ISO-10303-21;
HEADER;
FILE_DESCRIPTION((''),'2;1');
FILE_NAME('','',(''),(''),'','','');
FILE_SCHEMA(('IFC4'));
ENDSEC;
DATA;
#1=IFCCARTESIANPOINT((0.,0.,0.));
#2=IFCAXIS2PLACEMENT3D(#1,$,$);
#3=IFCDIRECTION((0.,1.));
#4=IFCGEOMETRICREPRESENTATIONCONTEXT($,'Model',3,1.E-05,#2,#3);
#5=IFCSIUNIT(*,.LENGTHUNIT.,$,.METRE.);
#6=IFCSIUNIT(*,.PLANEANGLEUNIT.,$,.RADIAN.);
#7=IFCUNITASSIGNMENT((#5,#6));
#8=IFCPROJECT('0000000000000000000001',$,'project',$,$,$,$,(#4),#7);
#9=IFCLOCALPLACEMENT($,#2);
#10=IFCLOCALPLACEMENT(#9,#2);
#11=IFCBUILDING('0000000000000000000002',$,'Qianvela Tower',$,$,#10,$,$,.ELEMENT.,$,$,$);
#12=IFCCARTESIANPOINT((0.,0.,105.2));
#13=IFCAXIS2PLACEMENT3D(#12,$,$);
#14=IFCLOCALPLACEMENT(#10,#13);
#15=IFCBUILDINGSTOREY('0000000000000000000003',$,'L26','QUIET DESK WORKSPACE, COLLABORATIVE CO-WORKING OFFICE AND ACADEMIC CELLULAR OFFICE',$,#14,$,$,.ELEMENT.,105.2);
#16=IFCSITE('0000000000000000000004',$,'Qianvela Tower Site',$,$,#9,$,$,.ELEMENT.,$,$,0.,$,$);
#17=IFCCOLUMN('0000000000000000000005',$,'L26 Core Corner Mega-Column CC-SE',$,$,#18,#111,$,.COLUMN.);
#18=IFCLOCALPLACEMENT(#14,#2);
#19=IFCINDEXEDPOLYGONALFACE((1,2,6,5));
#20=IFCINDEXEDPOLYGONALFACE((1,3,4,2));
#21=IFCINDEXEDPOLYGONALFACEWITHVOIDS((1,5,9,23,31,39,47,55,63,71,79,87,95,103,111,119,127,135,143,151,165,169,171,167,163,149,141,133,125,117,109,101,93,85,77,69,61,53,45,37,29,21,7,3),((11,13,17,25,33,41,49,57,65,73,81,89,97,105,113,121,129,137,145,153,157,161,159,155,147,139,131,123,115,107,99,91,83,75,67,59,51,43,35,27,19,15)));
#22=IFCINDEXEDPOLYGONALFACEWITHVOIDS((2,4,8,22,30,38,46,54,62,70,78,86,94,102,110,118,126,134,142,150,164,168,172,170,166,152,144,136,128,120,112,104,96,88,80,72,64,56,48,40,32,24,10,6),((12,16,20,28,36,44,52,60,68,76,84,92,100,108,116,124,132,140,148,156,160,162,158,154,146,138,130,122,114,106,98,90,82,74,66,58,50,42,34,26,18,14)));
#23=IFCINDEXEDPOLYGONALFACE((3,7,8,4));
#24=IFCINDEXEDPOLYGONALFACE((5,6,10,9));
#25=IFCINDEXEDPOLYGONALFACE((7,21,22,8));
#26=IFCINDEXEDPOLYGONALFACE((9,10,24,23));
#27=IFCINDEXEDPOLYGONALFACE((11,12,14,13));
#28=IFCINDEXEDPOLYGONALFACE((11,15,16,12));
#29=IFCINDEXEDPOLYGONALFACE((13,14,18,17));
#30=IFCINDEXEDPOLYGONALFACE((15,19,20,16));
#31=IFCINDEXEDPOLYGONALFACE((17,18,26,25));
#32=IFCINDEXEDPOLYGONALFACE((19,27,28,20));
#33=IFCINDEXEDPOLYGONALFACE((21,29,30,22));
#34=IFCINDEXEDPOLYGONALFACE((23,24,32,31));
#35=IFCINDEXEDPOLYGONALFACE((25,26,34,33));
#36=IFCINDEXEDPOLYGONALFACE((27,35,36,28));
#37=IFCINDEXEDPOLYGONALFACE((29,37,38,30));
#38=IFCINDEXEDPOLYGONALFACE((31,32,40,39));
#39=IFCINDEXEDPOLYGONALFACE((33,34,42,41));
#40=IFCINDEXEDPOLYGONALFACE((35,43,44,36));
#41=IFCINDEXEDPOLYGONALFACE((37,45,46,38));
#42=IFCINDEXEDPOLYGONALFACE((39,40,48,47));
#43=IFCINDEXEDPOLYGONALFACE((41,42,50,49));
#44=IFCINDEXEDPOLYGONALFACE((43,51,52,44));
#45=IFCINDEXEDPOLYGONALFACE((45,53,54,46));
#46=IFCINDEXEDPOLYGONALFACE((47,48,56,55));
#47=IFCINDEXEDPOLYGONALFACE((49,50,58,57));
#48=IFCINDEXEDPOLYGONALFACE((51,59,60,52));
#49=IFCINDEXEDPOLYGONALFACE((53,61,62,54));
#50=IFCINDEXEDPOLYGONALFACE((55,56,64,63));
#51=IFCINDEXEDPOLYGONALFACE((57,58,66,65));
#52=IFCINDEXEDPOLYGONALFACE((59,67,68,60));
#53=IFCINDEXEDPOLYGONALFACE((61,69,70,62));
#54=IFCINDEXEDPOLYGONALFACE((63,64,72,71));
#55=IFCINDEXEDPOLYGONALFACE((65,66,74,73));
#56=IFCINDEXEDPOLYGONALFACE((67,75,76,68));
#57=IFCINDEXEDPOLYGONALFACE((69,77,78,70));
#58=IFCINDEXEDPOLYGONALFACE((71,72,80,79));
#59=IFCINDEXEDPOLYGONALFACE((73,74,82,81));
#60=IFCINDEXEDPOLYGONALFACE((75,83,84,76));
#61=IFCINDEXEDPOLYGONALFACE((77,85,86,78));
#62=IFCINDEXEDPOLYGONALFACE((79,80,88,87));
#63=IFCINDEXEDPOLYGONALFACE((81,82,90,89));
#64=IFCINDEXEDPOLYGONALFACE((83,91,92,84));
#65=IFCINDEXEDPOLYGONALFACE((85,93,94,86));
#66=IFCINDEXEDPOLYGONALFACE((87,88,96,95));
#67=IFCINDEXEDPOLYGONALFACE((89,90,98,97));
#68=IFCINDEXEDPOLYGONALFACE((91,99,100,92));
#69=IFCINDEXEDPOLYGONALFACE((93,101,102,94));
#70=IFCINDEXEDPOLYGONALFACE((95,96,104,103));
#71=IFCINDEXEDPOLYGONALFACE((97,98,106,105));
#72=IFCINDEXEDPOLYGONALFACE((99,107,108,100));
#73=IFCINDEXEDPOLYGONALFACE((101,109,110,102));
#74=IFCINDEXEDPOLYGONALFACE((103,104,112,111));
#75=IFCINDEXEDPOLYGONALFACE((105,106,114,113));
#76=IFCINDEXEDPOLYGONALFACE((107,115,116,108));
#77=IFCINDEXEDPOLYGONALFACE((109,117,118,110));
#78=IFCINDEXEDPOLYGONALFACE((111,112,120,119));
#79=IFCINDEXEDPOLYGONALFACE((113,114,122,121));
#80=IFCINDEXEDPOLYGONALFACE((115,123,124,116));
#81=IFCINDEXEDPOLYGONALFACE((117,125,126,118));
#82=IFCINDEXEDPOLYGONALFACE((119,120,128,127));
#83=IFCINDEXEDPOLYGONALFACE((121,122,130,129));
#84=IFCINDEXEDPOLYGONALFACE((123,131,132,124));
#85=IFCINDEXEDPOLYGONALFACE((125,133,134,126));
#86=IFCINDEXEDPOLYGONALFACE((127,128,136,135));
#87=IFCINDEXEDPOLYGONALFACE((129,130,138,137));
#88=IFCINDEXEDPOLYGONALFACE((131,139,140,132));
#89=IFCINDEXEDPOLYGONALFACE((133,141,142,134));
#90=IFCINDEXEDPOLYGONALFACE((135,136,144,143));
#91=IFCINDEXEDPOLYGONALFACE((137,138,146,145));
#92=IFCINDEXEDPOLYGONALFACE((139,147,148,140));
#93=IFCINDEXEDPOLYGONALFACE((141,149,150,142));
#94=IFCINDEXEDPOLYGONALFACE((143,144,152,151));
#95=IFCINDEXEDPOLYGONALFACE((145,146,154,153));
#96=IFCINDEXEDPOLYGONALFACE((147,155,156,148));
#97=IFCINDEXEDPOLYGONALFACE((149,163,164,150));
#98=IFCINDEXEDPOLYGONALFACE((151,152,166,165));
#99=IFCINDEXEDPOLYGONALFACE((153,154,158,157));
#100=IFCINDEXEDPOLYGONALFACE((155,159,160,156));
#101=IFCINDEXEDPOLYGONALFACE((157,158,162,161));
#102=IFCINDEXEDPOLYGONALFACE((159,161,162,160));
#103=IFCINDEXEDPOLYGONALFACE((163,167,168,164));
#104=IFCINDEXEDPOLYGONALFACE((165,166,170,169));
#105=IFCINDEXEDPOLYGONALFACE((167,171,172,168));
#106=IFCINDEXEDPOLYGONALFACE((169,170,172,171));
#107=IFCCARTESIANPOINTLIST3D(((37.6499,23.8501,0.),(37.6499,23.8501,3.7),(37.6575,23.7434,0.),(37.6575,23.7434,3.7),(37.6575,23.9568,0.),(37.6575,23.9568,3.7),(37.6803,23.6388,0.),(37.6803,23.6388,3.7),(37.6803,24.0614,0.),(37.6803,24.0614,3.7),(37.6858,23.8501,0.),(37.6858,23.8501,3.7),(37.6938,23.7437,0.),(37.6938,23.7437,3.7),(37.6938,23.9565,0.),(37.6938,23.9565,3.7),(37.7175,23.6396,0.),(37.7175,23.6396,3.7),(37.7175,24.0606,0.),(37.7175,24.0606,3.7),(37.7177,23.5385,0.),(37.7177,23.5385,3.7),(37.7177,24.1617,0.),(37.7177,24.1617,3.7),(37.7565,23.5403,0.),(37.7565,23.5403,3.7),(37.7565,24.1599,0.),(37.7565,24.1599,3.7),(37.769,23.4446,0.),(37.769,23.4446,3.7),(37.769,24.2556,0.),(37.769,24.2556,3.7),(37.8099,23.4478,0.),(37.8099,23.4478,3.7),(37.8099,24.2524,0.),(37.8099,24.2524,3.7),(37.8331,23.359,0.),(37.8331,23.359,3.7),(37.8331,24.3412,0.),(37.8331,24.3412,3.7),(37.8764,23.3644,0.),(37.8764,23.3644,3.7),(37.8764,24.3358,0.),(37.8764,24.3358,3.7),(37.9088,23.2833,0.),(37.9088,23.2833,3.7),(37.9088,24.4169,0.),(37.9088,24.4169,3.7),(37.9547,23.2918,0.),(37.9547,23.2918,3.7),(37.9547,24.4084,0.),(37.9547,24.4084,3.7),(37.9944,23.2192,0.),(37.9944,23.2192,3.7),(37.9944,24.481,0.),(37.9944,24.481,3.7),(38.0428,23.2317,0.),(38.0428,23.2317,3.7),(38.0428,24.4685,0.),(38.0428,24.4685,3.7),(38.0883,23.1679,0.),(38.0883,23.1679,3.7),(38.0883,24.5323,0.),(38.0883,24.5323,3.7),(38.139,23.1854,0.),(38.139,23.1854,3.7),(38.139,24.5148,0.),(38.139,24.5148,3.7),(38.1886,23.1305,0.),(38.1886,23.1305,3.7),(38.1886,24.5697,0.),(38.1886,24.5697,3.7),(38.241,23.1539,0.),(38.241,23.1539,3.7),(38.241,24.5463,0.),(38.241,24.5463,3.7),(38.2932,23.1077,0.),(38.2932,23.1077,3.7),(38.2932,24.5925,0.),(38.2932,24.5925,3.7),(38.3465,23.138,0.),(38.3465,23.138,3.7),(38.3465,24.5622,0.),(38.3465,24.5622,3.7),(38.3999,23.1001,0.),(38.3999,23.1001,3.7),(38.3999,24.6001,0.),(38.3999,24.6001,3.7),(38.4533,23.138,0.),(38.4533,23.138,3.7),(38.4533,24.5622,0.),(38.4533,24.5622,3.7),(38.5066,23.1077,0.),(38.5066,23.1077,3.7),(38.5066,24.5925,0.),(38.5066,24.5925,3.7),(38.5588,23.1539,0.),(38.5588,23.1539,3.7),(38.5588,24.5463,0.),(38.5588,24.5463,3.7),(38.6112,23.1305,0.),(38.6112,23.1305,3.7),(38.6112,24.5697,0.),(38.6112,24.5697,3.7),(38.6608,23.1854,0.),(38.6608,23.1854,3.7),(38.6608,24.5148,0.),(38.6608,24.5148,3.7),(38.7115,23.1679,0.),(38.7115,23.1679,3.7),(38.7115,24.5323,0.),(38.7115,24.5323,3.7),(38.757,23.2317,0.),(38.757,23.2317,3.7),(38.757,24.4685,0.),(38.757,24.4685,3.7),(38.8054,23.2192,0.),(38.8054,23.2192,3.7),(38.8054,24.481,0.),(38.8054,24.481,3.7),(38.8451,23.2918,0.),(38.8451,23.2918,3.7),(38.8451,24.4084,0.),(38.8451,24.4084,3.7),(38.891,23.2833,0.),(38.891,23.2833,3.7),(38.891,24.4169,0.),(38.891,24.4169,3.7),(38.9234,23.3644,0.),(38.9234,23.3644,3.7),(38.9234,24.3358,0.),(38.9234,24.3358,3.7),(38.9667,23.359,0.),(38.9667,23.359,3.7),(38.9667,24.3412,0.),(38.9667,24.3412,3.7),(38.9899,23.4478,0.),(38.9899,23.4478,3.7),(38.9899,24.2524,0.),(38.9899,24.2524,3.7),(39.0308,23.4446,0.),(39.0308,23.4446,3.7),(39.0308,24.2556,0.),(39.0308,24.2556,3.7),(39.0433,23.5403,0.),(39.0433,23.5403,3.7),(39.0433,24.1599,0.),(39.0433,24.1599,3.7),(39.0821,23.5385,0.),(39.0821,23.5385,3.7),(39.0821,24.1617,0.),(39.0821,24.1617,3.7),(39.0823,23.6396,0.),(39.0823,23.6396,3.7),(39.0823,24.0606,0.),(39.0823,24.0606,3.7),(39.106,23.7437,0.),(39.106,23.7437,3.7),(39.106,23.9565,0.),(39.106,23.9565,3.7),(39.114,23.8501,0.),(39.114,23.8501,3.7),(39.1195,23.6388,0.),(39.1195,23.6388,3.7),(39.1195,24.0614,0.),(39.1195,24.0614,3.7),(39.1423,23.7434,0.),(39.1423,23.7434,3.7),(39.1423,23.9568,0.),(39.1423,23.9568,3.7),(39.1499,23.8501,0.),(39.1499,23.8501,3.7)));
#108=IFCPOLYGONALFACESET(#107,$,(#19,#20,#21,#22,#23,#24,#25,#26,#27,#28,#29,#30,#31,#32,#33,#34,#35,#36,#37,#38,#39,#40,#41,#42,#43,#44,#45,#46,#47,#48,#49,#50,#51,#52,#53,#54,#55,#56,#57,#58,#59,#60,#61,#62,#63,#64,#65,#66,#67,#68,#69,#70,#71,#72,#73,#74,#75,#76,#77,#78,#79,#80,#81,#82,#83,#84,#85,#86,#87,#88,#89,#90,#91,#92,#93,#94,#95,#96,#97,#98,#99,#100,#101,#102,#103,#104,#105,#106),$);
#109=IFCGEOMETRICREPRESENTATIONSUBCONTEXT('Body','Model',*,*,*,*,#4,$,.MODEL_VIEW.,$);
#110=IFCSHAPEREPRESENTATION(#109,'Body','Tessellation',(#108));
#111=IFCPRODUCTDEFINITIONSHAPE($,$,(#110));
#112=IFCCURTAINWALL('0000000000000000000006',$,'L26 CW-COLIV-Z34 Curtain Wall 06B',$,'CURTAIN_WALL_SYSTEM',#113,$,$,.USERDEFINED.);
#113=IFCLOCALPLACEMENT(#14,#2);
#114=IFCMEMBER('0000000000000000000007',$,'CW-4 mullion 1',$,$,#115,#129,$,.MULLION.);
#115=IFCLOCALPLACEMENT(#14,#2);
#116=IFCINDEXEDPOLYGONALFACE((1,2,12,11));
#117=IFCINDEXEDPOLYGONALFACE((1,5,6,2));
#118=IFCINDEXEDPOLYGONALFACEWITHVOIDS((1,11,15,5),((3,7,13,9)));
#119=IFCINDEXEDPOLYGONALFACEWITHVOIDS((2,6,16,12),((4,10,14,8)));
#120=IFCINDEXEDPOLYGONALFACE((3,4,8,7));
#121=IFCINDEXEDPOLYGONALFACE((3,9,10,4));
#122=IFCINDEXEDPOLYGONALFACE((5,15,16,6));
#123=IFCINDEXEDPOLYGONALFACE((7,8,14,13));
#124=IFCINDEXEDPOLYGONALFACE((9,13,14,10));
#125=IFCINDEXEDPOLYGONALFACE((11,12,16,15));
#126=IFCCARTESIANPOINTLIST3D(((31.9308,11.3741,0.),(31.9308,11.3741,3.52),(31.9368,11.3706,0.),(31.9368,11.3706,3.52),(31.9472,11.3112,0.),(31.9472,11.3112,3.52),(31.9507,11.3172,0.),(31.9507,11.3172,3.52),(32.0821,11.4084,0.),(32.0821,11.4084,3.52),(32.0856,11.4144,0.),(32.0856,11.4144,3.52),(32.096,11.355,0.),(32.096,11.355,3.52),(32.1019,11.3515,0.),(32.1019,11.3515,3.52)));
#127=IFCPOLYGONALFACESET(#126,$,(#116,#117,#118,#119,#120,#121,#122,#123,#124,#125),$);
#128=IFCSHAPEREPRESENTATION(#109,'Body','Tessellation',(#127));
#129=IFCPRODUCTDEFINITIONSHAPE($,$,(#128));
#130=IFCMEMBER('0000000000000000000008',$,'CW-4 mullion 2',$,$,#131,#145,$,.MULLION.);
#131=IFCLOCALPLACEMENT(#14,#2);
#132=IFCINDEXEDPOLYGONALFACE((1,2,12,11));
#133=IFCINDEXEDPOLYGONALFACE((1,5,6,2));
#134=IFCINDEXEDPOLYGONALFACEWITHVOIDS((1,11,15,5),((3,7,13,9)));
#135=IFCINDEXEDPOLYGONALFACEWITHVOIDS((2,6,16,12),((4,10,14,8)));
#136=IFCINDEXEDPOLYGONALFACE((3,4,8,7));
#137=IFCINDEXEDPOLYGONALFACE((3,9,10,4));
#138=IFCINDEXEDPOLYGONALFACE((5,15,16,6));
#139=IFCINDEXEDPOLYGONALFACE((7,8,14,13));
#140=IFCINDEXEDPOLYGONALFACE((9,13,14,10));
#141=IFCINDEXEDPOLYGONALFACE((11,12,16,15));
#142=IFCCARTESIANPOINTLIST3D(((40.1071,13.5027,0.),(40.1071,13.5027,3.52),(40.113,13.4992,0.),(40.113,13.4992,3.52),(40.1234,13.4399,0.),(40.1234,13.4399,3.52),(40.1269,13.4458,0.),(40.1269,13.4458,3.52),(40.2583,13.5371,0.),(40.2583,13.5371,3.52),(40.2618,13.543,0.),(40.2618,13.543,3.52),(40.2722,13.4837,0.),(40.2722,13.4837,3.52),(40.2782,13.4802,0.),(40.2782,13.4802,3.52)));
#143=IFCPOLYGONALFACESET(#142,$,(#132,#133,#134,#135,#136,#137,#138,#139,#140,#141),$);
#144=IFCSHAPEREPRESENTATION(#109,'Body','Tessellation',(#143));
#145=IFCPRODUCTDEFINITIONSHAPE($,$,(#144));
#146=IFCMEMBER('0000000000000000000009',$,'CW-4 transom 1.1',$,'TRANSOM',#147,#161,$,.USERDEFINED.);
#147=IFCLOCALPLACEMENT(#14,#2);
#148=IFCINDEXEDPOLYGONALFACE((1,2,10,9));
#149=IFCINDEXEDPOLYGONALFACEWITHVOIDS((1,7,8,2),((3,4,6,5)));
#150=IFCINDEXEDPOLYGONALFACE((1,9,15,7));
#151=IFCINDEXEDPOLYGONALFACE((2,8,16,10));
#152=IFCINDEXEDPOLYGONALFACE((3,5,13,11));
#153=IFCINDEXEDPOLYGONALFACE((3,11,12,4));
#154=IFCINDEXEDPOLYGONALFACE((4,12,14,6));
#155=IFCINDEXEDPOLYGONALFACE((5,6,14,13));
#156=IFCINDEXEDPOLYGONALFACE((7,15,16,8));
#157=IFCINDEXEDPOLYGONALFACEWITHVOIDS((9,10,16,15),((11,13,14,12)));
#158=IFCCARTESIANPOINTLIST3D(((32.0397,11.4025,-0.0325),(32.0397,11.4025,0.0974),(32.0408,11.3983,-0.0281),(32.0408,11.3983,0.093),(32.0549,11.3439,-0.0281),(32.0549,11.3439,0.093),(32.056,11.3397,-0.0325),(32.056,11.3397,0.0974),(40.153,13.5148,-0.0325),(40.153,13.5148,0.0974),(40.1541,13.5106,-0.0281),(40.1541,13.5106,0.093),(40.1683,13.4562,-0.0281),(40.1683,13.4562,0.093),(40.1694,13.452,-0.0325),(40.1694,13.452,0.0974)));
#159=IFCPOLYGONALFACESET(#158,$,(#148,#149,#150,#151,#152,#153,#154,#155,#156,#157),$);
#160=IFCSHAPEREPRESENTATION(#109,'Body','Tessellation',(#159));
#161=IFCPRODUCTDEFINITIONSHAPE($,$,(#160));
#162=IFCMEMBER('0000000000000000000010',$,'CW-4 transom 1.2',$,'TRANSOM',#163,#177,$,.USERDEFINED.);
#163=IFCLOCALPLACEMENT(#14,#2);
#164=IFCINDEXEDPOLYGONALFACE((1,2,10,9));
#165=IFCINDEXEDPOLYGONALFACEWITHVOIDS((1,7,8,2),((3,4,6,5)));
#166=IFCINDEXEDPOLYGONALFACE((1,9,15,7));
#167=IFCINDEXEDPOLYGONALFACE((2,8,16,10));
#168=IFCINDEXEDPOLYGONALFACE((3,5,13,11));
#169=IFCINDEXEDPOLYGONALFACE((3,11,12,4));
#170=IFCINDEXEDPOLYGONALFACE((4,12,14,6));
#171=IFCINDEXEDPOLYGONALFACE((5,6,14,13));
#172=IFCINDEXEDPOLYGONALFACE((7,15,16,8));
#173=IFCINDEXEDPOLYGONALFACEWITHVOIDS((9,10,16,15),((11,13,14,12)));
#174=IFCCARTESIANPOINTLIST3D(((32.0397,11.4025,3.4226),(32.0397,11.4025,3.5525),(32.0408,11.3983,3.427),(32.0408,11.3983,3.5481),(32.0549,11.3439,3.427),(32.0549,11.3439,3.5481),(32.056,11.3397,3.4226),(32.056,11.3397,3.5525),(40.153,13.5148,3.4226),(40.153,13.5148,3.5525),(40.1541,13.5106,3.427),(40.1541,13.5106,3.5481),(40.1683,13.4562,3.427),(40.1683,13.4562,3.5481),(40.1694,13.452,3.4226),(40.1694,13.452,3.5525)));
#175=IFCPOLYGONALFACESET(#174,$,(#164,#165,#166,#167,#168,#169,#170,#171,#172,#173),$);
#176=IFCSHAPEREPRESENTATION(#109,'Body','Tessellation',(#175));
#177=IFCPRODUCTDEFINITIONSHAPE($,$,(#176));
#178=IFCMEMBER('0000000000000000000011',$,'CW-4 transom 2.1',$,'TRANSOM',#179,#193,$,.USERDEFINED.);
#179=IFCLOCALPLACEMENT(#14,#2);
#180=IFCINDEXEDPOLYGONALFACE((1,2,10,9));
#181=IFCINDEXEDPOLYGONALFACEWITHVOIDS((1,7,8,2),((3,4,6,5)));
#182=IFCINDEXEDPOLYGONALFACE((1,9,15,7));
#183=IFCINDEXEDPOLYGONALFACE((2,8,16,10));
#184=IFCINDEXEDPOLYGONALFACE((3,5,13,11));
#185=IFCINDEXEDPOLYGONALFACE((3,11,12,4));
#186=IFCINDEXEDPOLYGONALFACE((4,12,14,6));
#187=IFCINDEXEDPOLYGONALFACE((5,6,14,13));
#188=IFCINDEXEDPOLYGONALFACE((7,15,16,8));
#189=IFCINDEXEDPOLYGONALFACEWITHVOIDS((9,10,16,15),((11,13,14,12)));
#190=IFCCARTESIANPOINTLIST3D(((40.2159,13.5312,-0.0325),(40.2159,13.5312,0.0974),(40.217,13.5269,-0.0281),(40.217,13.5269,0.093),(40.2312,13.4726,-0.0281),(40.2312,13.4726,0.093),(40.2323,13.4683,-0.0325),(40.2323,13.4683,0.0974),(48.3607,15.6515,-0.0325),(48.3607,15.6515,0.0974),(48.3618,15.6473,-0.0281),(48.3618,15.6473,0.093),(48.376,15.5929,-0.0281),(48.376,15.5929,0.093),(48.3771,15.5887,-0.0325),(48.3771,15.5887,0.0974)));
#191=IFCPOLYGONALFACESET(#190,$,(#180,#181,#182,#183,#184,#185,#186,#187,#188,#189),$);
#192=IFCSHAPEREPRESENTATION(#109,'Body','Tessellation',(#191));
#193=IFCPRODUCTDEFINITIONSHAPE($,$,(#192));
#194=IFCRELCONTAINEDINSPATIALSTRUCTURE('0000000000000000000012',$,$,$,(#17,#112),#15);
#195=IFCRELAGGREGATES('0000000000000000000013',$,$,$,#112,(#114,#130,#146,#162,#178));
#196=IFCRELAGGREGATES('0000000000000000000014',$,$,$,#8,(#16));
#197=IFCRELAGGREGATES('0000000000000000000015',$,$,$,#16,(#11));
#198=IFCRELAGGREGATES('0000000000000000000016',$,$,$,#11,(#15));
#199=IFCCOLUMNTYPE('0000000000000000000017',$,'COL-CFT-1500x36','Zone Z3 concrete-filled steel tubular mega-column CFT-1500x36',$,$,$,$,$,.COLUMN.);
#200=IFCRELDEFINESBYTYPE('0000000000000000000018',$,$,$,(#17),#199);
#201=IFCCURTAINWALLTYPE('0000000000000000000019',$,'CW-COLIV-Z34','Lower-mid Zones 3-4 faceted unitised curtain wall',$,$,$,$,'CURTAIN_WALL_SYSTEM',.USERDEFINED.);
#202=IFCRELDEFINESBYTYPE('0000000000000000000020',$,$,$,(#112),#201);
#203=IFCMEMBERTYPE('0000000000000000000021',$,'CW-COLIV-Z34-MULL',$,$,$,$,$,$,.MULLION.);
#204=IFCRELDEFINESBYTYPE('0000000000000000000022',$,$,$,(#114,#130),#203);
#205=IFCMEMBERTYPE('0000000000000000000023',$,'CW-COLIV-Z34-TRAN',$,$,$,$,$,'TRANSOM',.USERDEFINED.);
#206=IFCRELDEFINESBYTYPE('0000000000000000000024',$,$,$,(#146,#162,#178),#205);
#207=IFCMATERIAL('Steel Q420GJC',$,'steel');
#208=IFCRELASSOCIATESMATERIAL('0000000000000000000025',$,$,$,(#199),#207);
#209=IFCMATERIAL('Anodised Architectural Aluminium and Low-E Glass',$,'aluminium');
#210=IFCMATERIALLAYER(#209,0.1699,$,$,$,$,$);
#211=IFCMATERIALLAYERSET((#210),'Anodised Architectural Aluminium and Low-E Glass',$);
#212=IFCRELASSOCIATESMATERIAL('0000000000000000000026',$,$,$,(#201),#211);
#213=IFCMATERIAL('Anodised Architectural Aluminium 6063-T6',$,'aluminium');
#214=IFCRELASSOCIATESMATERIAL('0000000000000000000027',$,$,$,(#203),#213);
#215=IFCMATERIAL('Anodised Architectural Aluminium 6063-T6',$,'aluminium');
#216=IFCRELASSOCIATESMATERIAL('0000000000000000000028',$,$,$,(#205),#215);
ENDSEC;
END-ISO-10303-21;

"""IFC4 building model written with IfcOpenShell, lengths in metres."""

from ifc_helpers import new_model, si_unit, direction, frame, origin, origin_2d, place, context, subcontext, project, spatial, hollow_rectangle, hollow_circle, extrude, material, layer, layer_set, material_profile, profile_set, type_object, element, aggregate, save


model = new_model("IFC4")

# Units and contexts
model_context = context("Model", 3, precision=1e-05, world=origin(), true_north=direction((0.0, 1.0)))
body_context = subcontext(model_context, "Body", "Model", "MODEL_VIEW")
ifc_project = project(units=[si_unit("LENGTHUNIT", "METRE"), si_unit("PLANEANGLEUNIT", "RADIAN")], contexts=[model_context])

# Site, building, storey
site_placement = place(None, origin())
site = spatial("IfcSite", under=ifc_project, at=site_placement, Name="Qianvela Tower Site", CompositionType="ELEMENT", RefElevation=0.0)
building_placement = place(site_placement, origin())
building = spatial("IfcBuilding", under=site, at=building_placement, Name="Qianvela Tower", CompositionType="ELEMENT")
storey_placement = place(building_placement, frame((0.0, 0.0, 105.2)))
storey = spatial("IfcBuildingStorey", under=building, at=storey_placement, Name="L26", Description="QUIET DESK WORKSPACE, COLLABORATIVE CO-WORKING OFFICE AND ACADEMIC CELLULAR OFFICE", CompositionType="ELEMENT", Elevation=105.2)

# Column
ifc_material_1 = material(Name="Steel Q420GJC", Category="steel")
ifc_material_profile_1 = material_profile(ifc_material_1, hollow_circle(Radius=0.75, WallThickness=0.0359, at=origin_2d()), Name="CFT-1500x36")
ifc_profile_set_1 = profile_set([ifc_material_profile_1], Name="Steel Q420GJC")
column_type = type_object("IfcColumnType", Name="COL-CFT-1500x36", Description="Zone Z3 concrete-filled steel tubular mega-column CFT-1500x36", PredefinedType="COLUMN", material=ifc_profile_set_1)
column_placement = place(storey_placement, frame((38.3999, 23.8501, 0.0), z_axis=(0.0, 0.0, 1.0), x_axis=(1.0, 0.0, 0.0)))
element("IfcColumn", 1, at=column_placement, inside=storey, type_object=column_type, Name="L26 Core Corner Mega-Column CC-SE", PredefinedType="COLUMN", context=body_context, shape_type="SweptSolid", body=[
    extrude(hollow_circle(Radius=0.75, WallThickness=0.0359, at=origin_2d()), origin(), (0.0, 0.0, 1.0), 3.7),
])

# Curtain wall, members
ifc_material_2 = material(Name="Anodised Architectural Aluminium and Low-E Glass", Category="aluminium")
ifc_layer_1 = layer(ifc_material_2, 0.1699)
ifc_layer_set_1 = layer_set([ifc_layer_1], Name="Anodised Architectural Aluminium and Low-E Glass")
curtain_wall_type = type_object("IfcCurtainWallType", Name="CW-COLIV-Z34", Description="Lower-mid Zones 3-4 faceted unitised curtain wall", ElementType="CURTAIN_WALL_SYSTEM", PredefinedType="USERDEFINED", material=ifc_layer_set_1)
curtain_wall_placement = place(storey_placement, origin())
curtain_wall = element("IfcCurtainWall", 2, at=curtain_wall_placement, inside=storey, type_object=curtain_wall_type, Name="L26 CW-COLIV-Z34 Curtain Wall 06B", ObjectType="CURTAIN_WALL_SYSTEM", PredefinedType="USERDEFINED")
ifc_material_3 = material(Name="Anodised Architectural Aluminium 6063-T6", Category="aluminium")
ifc_material_profile_2 = material_profile(ifc_material_3, hollow_rectangle(XDim=0.0649, YDim=0.1599, WallThickness=0.0049, at=origin_2d()), Name="ALU-MULL-65x160")
ifc_profile_set_2 = profile_set([ifc_material_profile_2], Name="Anodised Architectural Aluminium 6063-T6")
member_type_1 = type_object("IfcMemberType", Name="CW-COLIV-Z34-MULL", PredefinedType="MULLION", material=ifc_profile_set_2)
member_1_placement = place(storey_placement, frame((32.0164, 11.3628, 0.0), z_axis=(0.0, 0.0, 1.0), x_axis=(-0.25195, 0.96774, 0.0)))
member_1 = element("IfcMember", 3, at=member_1_placement, type_object=member_type_1, Name="CW-4 mullion 1", PredefinedType="MULLION", context=body_context, shape_type="SweptSolid", body=[
    extrude(hollow_rectangle(XDim=0.0649, YDim=0.1599, WallThickness=0.0049, at=origin_2d()), origin(), (0.0, 0.0, 1.0), 3.52),
])
member_2_placement = place(storey_placement, frame((40.1926, 13.4915, 0.0), z_axis=(0.0, 0.0, 1.0), x_axis=(-0.25195, 0.96774, 0.0)))
member_2 = element("IfcMember", 4, at=member_2_placement, type_object=member_type_1, Name="CW-4 mullion 2", PredefinedType="MULLION", context=body_context, shape_type="SweptSolid", body=[
    extrude(hollow_rectangle(XDim=0.0649, YDim=0.1599, WallThickness=0.0049, at=origin_2d()), origin(), (0.0, 0.0, 1.0), 3.52),
])
ifc_material_4 = material(Name="Anodised Architectural Aluminium 6063-T6", Category="aluminium")
ifc_material_profile_3 = material_profile(ifc_material_4, hollow_rectangle(XDim=0.0649, YDim=0.1299, WallThickness=0.0044, at=origin_2d()), Name="ALU-TRAN-65x130")
ifc_profile_set_3 = profile_set([ifc_material_profile_3], Name="Anodised Architectural Aluminium 6063-T6")
member_type_2 = type_object("IfcMemberType", Name="CW-COLIV-Z34-TRAN", ElementType="TRANSOM", PredefinedType="USERDEFINED", material=ifc_profile_set_3)
member_3_placement = place(storey_placement, frame((32.0479, 11.3711, 0.0325), z_axis=(0.96774, 0.251952, 0.0), x_axis=(-0.251952, 0.96774, 0.0)))
member_3 = element("IfcMember", 5, at=member_3_placement, type_object=member_type_2, Name="CW-4 transom 1.1", ObjectType="TRANSOM", PredefinedType="USERDEFINED", context=body_context, shape_type="SweptSolid", body=[
    extrude(hollow_rectangle(XDim=0.0649, YDim=0.1299, WallThickness=0.0044, at=origin_2d()), origin(), (0.0, 0.0, 1.0), 8.3838),
])
member_4_placement = place(storey_placement, frame((32.0479, 11.3711, 3.4875), z_axis=(0.96774, 0.251952, 0.0), x_axis=(-0.251952, 0.96774, 0.0)))
member_4 = element("IfcMember", 6, at=member_4_placement, type_object=member_type_2, Name="CW-4 transom 1.2", ObjectType="TRANSOM", PredefinedType="USERDEFINED", context=body_context, shape_type="SweptSolid", body=[
    extrude(hollow_rectangle(XDim=0.0649, YDim=0.1299, WallThickness=0.0044, at=origin_2d()), origin(), (0.0, 0.0, 1.0), 8.3838),
])
member_5_placement = place(storey_placement, frame((40.2241, 13.4998, 0.0325), z_axis=(0.967744, 0.251937, 0.0), x_axis=(-0.251937, 0.967744, 0.0)))
member_5 = element("IfcMember", 7, at=member_5_placement, type_object=member_type_2, Name="CW-4 transom 2.1", ObjectType="TRANSOM", PredefinedType="USERDEFINED", context=body_context, shape_type="SweptSolid", body=[
    extrude(hollow_rectangle(XDim=0.0649, YDim=0.1299, WallThickness=0.0044, at=origin_2d()), origin(), (0.0, 0.0, 1.0), 8.4163),
])
aggregate(curtain_wall, [member_1, member_2, member_3, member_4, member_5])

save(model, "model.ifc")
